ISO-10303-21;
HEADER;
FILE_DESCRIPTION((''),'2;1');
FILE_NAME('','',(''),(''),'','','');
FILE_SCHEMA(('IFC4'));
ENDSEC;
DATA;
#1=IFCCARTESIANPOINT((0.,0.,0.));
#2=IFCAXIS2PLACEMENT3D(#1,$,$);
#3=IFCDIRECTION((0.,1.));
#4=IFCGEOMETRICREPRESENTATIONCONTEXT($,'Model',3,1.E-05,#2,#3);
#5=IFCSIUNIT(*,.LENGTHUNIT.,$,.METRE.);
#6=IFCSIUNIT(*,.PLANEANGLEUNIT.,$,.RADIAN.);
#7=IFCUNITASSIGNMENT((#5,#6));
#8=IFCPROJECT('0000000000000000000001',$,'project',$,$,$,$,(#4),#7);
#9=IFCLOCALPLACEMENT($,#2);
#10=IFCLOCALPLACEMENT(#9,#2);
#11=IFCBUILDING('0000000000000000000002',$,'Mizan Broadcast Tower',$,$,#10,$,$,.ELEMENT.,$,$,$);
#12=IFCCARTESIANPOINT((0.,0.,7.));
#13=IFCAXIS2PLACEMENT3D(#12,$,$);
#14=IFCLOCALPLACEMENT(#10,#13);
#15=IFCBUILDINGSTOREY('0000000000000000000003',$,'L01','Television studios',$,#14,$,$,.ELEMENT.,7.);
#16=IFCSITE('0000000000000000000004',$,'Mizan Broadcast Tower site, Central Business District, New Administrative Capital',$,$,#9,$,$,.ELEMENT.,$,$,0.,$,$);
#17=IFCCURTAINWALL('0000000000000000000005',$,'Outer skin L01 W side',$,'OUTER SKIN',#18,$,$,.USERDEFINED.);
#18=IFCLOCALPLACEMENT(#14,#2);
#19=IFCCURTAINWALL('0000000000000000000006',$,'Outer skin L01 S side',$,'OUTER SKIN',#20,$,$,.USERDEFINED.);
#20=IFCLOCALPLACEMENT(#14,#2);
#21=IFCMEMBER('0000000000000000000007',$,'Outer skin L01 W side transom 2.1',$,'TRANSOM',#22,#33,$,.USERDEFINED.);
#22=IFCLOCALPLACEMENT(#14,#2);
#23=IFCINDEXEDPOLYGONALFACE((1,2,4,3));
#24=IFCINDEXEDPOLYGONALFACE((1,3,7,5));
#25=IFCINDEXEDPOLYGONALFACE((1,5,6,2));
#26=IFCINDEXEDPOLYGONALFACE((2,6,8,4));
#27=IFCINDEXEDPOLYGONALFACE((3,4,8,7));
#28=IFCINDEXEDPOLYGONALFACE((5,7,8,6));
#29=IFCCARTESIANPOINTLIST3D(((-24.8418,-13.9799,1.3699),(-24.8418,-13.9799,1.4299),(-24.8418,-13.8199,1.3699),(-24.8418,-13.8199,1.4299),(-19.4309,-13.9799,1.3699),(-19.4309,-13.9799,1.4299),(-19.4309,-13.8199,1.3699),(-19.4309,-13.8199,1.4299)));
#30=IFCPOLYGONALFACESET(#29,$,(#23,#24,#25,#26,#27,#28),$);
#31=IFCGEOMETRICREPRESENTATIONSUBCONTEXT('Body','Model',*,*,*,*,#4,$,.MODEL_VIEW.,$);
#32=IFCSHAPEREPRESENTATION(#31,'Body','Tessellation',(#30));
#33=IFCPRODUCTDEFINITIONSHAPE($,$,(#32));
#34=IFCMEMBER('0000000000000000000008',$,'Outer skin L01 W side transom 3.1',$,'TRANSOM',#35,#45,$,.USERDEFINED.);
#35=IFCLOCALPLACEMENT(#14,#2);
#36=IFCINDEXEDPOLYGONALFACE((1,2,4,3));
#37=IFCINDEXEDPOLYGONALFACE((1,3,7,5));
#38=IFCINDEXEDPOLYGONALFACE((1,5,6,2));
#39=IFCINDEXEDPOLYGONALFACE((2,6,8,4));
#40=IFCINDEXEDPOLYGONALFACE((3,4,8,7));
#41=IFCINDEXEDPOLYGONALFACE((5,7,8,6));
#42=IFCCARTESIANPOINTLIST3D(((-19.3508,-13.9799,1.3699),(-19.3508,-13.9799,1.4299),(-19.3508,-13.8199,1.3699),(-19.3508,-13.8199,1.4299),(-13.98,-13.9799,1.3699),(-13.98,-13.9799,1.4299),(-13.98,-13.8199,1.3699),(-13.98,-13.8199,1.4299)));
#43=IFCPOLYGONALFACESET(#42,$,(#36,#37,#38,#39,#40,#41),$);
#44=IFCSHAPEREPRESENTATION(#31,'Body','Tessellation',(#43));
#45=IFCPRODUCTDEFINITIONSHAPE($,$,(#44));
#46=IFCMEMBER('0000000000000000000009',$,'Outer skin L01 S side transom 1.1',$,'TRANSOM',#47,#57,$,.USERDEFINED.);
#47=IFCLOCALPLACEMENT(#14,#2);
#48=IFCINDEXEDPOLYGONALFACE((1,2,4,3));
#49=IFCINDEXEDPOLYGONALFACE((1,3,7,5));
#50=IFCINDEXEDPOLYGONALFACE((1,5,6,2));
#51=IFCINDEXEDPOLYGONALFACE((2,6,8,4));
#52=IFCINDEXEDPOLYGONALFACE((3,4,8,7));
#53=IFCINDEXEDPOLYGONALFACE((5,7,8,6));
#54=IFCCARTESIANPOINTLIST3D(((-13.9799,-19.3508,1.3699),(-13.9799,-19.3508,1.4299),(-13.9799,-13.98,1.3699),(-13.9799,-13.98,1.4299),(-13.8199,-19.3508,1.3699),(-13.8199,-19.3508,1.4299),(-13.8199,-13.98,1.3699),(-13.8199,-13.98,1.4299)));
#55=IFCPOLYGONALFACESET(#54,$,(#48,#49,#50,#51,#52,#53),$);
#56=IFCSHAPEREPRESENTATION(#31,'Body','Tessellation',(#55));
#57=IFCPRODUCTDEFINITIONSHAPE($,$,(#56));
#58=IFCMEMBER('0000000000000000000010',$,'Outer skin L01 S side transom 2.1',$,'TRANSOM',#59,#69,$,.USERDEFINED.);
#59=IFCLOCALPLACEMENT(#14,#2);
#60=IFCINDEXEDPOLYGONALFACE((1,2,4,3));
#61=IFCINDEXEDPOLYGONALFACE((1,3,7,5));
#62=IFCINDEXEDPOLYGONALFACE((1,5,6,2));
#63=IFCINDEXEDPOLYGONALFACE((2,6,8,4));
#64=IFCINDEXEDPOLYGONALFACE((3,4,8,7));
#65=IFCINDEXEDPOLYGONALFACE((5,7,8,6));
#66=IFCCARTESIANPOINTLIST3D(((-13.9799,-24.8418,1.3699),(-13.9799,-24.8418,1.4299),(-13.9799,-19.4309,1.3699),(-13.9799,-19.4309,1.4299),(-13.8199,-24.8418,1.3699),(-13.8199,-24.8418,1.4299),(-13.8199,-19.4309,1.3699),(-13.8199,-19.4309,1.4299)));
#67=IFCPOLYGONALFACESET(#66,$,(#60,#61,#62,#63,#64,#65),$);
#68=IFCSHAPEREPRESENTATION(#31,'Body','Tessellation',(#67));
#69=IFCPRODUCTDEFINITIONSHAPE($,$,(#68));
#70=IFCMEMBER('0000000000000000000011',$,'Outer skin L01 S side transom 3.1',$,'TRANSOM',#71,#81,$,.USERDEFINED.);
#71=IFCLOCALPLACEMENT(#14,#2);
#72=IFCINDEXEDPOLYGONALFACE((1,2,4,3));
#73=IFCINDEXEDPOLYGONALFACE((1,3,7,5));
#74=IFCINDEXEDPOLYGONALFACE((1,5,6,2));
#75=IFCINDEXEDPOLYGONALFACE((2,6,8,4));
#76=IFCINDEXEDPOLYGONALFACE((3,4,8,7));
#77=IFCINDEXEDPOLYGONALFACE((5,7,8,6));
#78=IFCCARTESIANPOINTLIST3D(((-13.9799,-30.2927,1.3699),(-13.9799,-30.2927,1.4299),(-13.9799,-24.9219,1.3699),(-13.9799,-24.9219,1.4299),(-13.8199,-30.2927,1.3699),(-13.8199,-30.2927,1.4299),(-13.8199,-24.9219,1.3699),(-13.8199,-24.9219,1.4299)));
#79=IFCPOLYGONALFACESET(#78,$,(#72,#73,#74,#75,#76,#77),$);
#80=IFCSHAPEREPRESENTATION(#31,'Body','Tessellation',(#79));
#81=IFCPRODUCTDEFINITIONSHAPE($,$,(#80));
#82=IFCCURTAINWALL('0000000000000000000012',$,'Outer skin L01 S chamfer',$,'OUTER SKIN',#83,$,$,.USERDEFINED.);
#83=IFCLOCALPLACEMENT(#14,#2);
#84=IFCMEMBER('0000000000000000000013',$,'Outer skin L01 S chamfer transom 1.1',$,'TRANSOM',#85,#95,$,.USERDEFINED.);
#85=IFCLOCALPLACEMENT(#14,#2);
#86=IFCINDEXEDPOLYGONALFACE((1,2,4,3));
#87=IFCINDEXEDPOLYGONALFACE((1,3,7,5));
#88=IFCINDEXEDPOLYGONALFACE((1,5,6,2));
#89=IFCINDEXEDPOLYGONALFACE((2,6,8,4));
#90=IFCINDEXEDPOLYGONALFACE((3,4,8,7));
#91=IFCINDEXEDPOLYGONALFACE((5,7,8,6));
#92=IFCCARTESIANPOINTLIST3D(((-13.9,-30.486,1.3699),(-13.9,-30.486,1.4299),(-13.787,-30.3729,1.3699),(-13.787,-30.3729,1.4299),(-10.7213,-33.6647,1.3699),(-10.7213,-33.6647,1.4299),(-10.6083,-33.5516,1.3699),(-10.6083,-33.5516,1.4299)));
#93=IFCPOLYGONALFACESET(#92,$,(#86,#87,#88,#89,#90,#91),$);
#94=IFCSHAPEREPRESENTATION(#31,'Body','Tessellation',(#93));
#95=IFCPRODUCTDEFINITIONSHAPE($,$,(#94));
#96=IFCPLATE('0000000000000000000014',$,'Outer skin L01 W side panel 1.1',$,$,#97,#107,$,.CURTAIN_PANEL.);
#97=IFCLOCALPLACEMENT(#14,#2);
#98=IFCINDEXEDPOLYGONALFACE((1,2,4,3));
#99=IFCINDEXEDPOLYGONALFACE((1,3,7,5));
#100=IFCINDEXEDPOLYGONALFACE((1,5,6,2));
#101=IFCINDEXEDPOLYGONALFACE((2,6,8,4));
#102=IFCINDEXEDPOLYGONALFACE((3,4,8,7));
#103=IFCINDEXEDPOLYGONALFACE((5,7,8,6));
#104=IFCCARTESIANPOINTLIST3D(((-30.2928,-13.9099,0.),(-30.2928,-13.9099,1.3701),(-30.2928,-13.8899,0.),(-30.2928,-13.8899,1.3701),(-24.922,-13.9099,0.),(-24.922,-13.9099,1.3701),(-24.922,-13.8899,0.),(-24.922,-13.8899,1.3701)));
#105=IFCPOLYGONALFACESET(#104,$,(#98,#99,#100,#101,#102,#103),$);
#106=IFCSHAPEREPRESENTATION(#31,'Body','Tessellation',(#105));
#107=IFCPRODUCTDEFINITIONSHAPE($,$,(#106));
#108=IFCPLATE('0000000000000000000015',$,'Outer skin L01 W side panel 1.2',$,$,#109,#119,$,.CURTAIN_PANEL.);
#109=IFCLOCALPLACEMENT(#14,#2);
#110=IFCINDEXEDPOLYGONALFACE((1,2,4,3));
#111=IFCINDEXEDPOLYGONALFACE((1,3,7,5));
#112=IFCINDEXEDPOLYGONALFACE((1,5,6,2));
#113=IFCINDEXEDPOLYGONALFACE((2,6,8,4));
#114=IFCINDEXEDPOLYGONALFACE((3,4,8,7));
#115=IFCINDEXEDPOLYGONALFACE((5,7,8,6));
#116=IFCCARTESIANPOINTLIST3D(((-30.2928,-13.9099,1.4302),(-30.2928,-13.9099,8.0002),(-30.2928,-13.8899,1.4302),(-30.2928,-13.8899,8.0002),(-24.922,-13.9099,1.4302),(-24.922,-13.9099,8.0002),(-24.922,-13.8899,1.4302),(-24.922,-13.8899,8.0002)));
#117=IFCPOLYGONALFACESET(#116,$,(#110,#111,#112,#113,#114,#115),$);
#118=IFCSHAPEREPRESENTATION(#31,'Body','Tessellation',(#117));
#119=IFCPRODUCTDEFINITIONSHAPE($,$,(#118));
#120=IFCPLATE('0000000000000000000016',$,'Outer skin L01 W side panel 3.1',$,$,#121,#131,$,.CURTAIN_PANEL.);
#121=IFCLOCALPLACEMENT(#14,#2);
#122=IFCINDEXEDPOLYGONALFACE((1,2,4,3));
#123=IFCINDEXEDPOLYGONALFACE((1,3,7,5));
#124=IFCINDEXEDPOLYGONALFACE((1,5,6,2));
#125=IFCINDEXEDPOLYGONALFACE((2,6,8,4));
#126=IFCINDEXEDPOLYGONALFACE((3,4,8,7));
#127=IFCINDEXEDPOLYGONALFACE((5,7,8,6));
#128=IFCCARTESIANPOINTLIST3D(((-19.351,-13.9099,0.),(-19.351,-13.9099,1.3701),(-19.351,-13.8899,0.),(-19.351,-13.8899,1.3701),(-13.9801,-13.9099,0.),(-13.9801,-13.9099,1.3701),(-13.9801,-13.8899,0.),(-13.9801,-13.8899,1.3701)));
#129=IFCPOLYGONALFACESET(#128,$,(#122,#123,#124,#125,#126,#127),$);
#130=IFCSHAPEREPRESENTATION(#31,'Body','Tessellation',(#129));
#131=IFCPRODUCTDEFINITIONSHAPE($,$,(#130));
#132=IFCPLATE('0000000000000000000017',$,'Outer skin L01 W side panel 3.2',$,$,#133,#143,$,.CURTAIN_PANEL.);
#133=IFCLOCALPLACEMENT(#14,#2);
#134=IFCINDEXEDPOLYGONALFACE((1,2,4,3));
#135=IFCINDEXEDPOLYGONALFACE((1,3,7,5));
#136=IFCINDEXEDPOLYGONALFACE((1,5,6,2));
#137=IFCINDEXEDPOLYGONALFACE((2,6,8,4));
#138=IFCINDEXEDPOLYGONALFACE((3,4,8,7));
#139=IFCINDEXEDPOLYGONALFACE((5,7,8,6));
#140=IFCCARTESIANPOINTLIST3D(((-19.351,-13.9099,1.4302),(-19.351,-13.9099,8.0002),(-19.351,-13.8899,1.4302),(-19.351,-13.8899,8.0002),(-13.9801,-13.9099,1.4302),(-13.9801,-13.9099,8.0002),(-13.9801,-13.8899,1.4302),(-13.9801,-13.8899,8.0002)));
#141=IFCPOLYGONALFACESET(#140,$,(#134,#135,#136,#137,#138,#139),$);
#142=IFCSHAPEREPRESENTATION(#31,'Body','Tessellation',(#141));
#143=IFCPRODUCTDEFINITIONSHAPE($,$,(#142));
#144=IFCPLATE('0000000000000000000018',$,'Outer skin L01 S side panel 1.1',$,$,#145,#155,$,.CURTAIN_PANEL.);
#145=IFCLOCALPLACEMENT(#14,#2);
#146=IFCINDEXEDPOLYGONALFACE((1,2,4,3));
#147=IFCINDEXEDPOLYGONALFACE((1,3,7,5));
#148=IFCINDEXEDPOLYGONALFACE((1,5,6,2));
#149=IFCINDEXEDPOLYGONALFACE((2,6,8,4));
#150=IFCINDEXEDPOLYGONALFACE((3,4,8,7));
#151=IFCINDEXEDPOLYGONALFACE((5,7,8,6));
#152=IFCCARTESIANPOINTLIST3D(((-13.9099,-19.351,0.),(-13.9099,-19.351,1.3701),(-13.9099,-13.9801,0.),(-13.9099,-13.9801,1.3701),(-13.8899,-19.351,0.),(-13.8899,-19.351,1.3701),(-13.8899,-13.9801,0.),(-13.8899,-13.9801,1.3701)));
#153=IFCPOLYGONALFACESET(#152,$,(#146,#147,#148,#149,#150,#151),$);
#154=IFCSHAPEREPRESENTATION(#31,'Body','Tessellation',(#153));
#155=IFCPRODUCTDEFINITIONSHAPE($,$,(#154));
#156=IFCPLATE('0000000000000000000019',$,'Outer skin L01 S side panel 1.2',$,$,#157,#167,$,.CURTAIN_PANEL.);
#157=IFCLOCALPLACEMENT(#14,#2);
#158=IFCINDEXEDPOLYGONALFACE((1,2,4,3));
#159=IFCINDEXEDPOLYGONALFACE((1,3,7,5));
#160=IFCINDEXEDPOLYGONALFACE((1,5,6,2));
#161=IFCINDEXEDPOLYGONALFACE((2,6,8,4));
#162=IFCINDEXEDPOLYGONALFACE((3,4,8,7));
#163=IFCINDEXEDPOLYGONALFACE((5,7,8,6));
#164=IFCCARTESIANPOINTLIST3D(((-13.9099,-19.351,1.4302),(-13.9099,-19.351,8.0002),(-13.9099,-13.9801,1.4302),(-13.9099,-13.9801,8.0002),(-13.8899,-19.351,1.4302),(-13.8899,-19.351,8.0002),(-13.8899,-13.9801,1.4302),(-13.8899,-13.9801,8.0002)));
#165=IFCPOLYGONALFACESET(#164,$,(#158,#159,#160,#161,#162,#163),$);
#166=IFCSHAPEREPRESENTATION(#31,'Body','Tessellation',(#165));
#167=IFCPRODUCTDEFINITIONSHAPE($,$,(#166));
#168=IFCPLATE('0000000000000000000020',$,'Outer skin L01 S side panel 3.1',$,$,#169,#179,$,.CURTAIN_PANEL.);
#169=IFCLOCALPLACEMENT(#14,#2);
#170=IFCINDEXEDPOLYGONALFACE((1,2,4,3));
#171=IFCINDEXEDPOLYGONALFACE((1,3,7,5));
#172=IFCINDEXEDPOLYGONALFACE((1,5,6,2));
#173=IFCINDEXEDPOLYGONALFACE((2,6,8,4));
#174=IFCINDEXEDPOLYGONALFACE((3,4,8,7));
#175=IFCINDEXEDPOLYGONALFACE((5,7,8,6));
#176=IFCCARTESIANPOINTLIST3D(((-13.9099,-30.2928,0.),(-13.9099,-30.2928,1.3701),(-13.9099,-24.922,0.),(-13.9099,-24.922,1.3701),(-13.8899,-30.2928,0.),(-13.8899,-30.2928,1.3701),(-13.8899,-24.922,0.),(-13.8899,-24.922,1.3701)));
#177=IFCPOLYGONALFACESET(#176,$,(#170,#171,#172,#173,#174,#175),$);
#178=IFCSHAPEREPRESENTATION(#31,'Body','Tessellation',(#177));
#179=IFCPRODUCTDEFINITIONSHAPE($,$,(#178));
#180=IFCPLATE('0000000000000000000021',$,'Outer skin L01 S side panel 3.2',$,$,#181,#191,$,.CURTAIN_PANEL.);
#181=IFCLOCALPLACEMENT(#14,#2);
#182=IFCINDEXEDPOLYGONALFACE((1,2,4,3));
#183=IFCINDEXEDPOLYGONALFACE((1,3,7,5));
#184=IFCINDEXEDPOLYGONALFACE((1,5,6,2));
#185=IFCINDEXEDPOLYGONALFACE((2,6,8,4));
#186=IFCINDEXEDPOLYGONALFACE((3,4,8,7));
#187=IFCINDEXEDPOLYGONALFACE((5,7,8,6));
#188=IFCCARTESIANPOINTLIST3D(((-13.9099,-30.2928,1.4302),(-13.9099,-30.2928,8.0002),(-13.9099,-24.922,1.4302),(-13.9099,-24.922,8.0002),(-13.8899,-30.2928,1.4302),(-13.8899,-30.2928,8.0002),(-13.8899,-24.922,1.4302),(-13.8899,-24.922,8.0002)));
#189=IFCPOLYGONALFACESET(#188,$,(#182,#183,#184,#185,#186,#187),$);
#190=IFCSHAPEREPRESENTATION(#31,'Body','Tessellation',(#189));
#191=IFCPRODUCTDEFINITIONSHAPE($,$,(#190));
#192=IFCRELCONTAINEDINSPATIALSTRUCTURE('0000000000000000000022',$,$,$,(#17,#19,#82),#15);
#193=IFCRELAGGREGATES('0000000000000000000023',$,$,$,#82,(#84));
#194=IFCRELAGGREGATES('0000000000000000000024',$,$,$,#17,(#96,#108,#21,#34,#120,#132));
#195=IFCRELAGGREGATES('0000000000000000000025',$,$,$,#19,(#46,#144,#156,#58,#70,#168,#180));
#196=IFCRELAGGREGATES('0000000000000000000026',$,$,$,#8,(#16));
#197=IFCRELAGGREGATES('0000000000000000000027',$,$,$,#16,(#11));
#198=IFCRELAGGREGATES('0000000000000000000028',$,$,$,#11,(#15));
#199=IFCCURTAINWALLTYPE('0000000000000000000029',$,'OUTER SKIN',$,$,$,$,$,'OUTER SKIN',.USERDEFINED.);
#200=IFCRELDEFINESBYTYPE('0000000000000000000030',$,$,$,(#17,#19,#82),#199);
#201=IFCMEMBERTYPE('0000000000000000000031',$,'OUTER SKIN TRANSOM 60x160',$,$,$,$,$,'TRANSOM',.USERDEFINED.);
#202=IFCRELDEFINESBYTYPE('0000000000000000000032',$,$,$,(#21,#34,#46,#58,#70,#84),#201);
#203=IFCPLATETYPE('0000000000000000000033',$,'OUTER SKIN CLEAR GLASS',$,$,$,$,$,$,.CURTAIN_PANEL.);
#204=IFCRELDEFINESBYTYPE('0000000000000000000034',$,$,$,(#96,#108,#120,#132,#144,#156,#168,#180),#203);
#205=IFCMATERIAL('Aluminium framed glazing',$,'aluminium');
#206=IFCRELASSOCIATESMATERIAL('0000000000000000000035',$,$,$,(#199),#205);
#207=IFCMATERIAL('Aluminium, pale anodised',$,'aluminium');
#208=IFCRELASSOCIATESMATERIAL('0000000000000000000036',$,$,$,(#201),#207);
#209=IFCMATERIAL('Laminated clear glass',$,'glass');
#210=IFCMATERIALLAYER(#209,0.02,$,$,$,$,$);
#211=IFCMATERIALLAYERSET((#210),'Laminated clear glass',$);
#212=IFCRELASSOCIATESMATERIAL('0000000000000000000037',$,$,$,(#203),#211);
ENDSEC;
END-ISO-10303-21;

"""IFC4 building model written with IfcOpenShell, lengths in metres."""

from ifc_helpers import new_model, si_unit, direction, frame, origin, origin_2d, place, context, subcontext, project, spatial, rectangle, extrude, material, layer, layer_set, material_profile, profile_set, type_object, element, aggregate, save


model = new_model("IFC4")

# Units and contexts
model_context = context("Model", 3, precision=1e-05, world=origin(), true_north=direction((0.0, 1.0)))
body_context = subcontext(model_context, "Body", "Model", "MODEL_VIEW")
ifc_project = project(units=[si_unit("LENGTHUNIT", "METRE"), si_unit("PLANEANGLEUNIT", "RADIAN")], contexts=[model_context])

# Site, building, storey
site_placement = place(None, origin())
site = spatial("IfcSite", under=ifc_project, at=site_placement, Name="Mizan Broadcast Tower site, Central Business District, New Administrative Capital", CompositionType="ELEMENT", RefElevation=0.0)
building_placement = place(site_placement, origin())
building = spatial("IfcBuilding", under=site, at=building_placement, Name="Mizan Broadcast Tower", CompositionType="ELEMENT")
storey_placement = place(building_placement, frame((0.0, 0.0, 7.0)))
storey = spatial("IfcBuildingStorey", under=building, at=storey_placement, Name="L01", Description="Television studios", CompositionType="ELEMENT", Elevation=7.0)

# Shared definitions
ifc_material_1 = material(Name="Aluminium framed glazing", Category="aluminium")
curtain_wall_type = type_object("IfcCurtainWallType", Name="OUTER SKIN", ElementType="OUTER SKIN", PredefinedType="USERDEFINED", material=ifc_material_1)

# Curtain walls
curtain_wall_1_placement = place(storey_placement, origin())
curtain_wall_1 = element("IfcCurtainWall", 1, at=curtain_wall_1_placement, inside=storey, type_object=curtain_wall_type, Name="Outer skin L01 W side", ObjectType="OUTER SKIN", PredefinedType="USERDEFINED")
curtain_wall_2_placement = place(storey_placement, origin())
curtain_wall_2 = element("IfcCurtainWall", 2, at=curtain_wall_2_placement, inside=storey, type_object=curtain_wall_type, Name="Outer skin L01 S side", ObjectType="OUTER SKIN", PredefinedType="USERDEFINED")

# Members
ifc_material_2 = material(Name="Aluminium, pale anodised", Category="aluminium")
ifc_material_profile_1 = material_profile(ifc_material_2, rectangle(XDim=0.1599, YDim=0.0601, at=origin_2d()), Name="TRANSOM 160x60")
ifc_profile_set_1 = profile_set([ifc_material_profile_1], Name="Aluminium, pale anodised")
member_type_1 = type_object("IfcMemberType", Name="OUTER SKIN TRANSOM 60x160", ElementType="TRANSOM", PredefinedType="USERDEFINED", material=ifc_profile_set_1)
member_1_placement = place(storey_placement, frame((-24.8418, -13.8999, 1.3999), z_axis=(1.0, 0.0, 0.0), x_axis=(0.0, 1.0, 0.0)))
member_1 = element("IfcMember", 3, at=member_1_placement, type_object=member_type_1, Name="Outer skin L01 W side transom 2.1", ObjectType="TRANSOM", PredefinedType="USERDEFINED", context=body_context, shape_type="SweptSolid", body=[
    extrude(rectangle(XDim=0.1599, YDim=0.0601, at=origin_2d()), origin(), (0.0, 0.0, 1.0), 5.4109),
])
member_2_placement = place(storey_placement, frame((-19.3508, -13.8999, 1.3999), z_axis=(1.0, 0.0, 0.0), x_axis=(0.0, 1.0, 0.0)))
member_2 = element("IfcMember", 4, at=member_2_placement, type_object=member_type_1, Name="Outer skin L01 W side transom 3.1", ObjectType="TRANSOM", PredefinedType="USERDEFINED", context=body_context, shape_type="SweptSolid", body=[
    extrude(rectangle(XDim=0.1599, YDim=0.0601, at=origin_2d()), origin(), (0.0, 0.0, 1.0), 5.3708),
])
member_3_placement = place(storey_placement, frame((-13.8999, -13.98, 1.3999), z_axis=(0.0, -1.0, 0.0), x_axis=(1.0, 0.0, 0.0)))
member_3 = element("IfcMember", 5, at=member_3_placement, type_object=member_type_1, Name="Outer skin L01 S side transom 1.1", ObjectType="TRANSOM", PredefinedType="USERDEFINED", context=body_context, shape_type="SweptSolid", body=[
    extrude(rectangle(XDim=0.1599, YDim=0.0601, at=origin_2d()), origin(), (0.0, 0.0, 1.0), 5.3708),
])
member_4_placement = place(storey_placement, frame((-13.8999, -19.4309, 1.3999), z_axis=(0.0, -1.0, 0.0), x_axis=(1.0, 0.0, 0.0)))
member_4 = element("IfcMember", 6, at=member_4_placement, type_object=member_type_1, Name="Outer skin L01 S side transom 2.1", ObjectType="TRANSOM", PredefinedType="USERDEFINED", context=body_context, shape_type="SweptSolid", body=[
    extrude(rectangle(XDim=0.1599, YDim=0.0601, at=origin_2d()), origin(), (0.0, 0.0, 1.0), 5.4109),
])
member_5_placement = place(storey_placement, frame((-13.8999, -24.9219, 1.3999), z_axis=(0.0, -1.0, 0.0), x_axis=(1.0, 0.0, 0.0)))
member_5 = element("IfcMember", 7, at=member_5_placement, type_object=member_type_1, Name="Outer skin L01 S side transom 3.1", ObjectType="TRANSOM", PredefinedType="USERDEFINED", context=body_context, shape_type="SweptSolid", body=[
    extrude(rectangle(XDim=0.1599, YDim=0.0601, at=origin_2d()), origin(), (0.0, 0.0, 1.0), 5.3708),
])

# Curtain wall, member
curtain_wall_3_placement = place(storey_placement, origin())
curtain_wall_3 = element("IfcCurtainWall", 8, at=curtain_wall_3_placement, inside=storey, type_object=curtain_wall_type, Name="Outer skin L01 S chamfer", ObjectType="OUTER SKIN", PredefinedType="USERDEFINED")
member_6_placement = place(storey_placement, frame((-13.8435, -30.4294, 1.3999), z_axis=(0.707107, -0.707107, 0.0), x_axis=(0.707107, 0.707107, 0.0)))
member_6 = element("IfcMember", 9, at=member_6_placement, type_object=member_type_1, Name="Outer skin L01 S chamfer transom 1.1", ObjectType="TRANSOM", PredefinedType="USERDEFINED", context=body_context, shape_type="SweptSolid", body=[
    extrude(rectangle(XDim=0.1599, YDim=0.0601, at=origin_2d()), origin(), (0.0, 0.0, 1.0), 4.4954),
])
aggregate(curtain_wall_3, [member_6])

# Plates
ifc_material_3 = material(Name="Laminated clear glass", Category="glass")
ifc_layer_1 = layer(ifc_material_3, 0.02)
ifc_layer_set_1 = layer_set([ifc_layer_1], Name="Laminated clear glass")
plate_type_1 = type_object("IfcPlateType", Name="OUTER SKIN CLEAR GLASS", PredefinedType="CURTAIN_PANEL", material=ifc_layer_set_1)
plate_1_placement = place(storey_placement, frame((-27.6074, -13.8999, 0.0), z_axis=(0.0, 0.0, 1.0), x_axis=(1.0, 0.0, 0.0)))
plate_1 = element("IfcPlate", 10, at=plate_1_placement, type_object=plate_type_1, Name="Outer skin L01 W side panel 1.1", PredefinedType="CURTAIN_PANEL", context=body_context, shape_type="SweptSolid", body=[
    extrude(rectangle(XDim=5.3708, YDim=0.02, at=origin_2d()), origin(), (0.0, 0.0, 1.0), 1.3701),
])
plate_2_placement = place(storey_placement, frame((-27.6074, -13.8999, 1.4302), z_axis=(0.0, 0.0, 1.0), x_axis=(1.0, 0.0, 0.0)))
plate_2 = element("IfcPlate", 11, at=plate_2_placement, type_object=plate_type_1, Name="Outer skin L01 W side panel 1.2", PredefinedType="CURTAIN_PANEL", context=body_context, shape_type="SweptSolid", body=[
    extrude(rectangle(XDim=5.3708, YDim=0.02, at=origin_2d()), origin(), (0.0, 0.0, 1.0), 6.5701),
])
plate_3_placement = place(storey_placement, frame((-16.6655, -13.8999, 0.0), z_axis=(0.0, 0.0, 1.0), x_axis=(1.0, 0.0, 0.0)))
plate_3 = element("IfcPlate", 12, at=plate_3_placement, type_object=plate_type_1, Name="Outer skin L01 W side panel 3.1", PredefinedType="CURTAIN_PANEL", context=body_context, shape_type="SweptSolid", body=[
    extrude(rectangle(XDim=5.3708, YDim=0.02, at=origin_2d()), origin(), (0.0, 0.0, 1.0), 1.3701),
])
plate_4_placement = place(storey_placement, frame((-16.6655, -13.8999, 1.4302), z_axis=(0.0, 0.0, 1.0), x_axis=(1.0, 0.0, 0.0)))
plate_4 = element("IfcPlate", 13, at=plate_4_placement, type_object=plate_type_1, Name="Outer skin L01 W side panel 3.2", PredefinedType="CURTAIN_PANEL", context=body_context, shape_type="SweptSolid", body=[
    extrude(rectangle(XDim=5.3708, YDim=0.02, at=origin_2d()), origin(), (0.0, 0.0, 1.0), 6.5701),
])
plate_5_placement = place(storey_placement, frame((-13.8999, -16.6655, 0.0), z_axis=(0.0, 0.0, 1.0), x_axis=(0.0, -1.0, 0.0)))
plate_5 = element("IfcPlate", 14, at=plate_5_placement, type_object=plate_type_1, Name="Outer skin L01 S side panel 1.1", PredefinedType="CURTAIN_PANEL", context=body_context, shape_type="SweptSolid", body=[
    extrude(rectangle(XDim=5.3708, YDim=0.02, at=origin_2d()), origin(), (0.0, 0.0, 1.0), 1.3701),
])
plate_6_placement = place(storey_placement, frame((-13.8999, -16.6655, 1.4302), z_axis=(0.0, 0.0, 1.0), x_axis=(0.0, -1.0, 0.0)))
plate_6 = element("IfcPlate", 15, at=plate_6_placement, type_object=plate_type_1, Name="Outer skin L01 S side panel 1.2", PredefinedType="CURTAIN_PANEL", context=body_context, shape_type="SweptSolid", body=[
    extrude(rectangle(XDim=5.3708, YDim=0.02, at=origin_2d()), origin(), (0.0, 0.0, 1.0), 6.5701),
])
plate_7_placement = place(storey_placement, frame((-13.8999, -27.6074, 0.0), z_axis=(0.0, 0.0, 1.0), x_axis=(0.0, -1.0, 0.0)))
plate_7 = element("IfcPlate", 16, at=plate_7_placement, type_object=plate_type_1, Name="Outer skin L01 S side panel 3.1", PredefinedType="CURTAIN_PANEL", context=body_context, shape_type="SweptSolid", body=[
    extrude(rectangle(XDim=5.3708, YDim=0.02, at=origin_2d()), origin(), (0.0, 0.0, 1.0), 1.3701),
])
plate_8_placement = place(storey_placement, frame((-13.8999, -27.6074, 1.4302), z_axis=(0.0, 0.0, 1.0), x_axis=(0.0, -1.0, 0.0)))
plate_8 = element("IfcPlate", 17, at=plate_8_placement, type_object=plate_type_1, Name="Outer skin L01 S side panel 3.2", PredefinedType="CURTAIN_PANEL", context=body_context, shape_type="SweptSolid", body=[
    extrude(rectangle(XDim=5.3708, YDim=0.02, at=origin_2d()), origin(), (0.0, 0.0, 1.0), 6.5701),
])
aggregate(curtain_wall_1, [plate_1, plate_2, member_1, member_2, plate_3, plate_4])
aggregate(curtain_wall_2, [member_3, plate_5, plate_6, member_4, member_5, plate_7, plate_8])

save(model, "model.ifc")
